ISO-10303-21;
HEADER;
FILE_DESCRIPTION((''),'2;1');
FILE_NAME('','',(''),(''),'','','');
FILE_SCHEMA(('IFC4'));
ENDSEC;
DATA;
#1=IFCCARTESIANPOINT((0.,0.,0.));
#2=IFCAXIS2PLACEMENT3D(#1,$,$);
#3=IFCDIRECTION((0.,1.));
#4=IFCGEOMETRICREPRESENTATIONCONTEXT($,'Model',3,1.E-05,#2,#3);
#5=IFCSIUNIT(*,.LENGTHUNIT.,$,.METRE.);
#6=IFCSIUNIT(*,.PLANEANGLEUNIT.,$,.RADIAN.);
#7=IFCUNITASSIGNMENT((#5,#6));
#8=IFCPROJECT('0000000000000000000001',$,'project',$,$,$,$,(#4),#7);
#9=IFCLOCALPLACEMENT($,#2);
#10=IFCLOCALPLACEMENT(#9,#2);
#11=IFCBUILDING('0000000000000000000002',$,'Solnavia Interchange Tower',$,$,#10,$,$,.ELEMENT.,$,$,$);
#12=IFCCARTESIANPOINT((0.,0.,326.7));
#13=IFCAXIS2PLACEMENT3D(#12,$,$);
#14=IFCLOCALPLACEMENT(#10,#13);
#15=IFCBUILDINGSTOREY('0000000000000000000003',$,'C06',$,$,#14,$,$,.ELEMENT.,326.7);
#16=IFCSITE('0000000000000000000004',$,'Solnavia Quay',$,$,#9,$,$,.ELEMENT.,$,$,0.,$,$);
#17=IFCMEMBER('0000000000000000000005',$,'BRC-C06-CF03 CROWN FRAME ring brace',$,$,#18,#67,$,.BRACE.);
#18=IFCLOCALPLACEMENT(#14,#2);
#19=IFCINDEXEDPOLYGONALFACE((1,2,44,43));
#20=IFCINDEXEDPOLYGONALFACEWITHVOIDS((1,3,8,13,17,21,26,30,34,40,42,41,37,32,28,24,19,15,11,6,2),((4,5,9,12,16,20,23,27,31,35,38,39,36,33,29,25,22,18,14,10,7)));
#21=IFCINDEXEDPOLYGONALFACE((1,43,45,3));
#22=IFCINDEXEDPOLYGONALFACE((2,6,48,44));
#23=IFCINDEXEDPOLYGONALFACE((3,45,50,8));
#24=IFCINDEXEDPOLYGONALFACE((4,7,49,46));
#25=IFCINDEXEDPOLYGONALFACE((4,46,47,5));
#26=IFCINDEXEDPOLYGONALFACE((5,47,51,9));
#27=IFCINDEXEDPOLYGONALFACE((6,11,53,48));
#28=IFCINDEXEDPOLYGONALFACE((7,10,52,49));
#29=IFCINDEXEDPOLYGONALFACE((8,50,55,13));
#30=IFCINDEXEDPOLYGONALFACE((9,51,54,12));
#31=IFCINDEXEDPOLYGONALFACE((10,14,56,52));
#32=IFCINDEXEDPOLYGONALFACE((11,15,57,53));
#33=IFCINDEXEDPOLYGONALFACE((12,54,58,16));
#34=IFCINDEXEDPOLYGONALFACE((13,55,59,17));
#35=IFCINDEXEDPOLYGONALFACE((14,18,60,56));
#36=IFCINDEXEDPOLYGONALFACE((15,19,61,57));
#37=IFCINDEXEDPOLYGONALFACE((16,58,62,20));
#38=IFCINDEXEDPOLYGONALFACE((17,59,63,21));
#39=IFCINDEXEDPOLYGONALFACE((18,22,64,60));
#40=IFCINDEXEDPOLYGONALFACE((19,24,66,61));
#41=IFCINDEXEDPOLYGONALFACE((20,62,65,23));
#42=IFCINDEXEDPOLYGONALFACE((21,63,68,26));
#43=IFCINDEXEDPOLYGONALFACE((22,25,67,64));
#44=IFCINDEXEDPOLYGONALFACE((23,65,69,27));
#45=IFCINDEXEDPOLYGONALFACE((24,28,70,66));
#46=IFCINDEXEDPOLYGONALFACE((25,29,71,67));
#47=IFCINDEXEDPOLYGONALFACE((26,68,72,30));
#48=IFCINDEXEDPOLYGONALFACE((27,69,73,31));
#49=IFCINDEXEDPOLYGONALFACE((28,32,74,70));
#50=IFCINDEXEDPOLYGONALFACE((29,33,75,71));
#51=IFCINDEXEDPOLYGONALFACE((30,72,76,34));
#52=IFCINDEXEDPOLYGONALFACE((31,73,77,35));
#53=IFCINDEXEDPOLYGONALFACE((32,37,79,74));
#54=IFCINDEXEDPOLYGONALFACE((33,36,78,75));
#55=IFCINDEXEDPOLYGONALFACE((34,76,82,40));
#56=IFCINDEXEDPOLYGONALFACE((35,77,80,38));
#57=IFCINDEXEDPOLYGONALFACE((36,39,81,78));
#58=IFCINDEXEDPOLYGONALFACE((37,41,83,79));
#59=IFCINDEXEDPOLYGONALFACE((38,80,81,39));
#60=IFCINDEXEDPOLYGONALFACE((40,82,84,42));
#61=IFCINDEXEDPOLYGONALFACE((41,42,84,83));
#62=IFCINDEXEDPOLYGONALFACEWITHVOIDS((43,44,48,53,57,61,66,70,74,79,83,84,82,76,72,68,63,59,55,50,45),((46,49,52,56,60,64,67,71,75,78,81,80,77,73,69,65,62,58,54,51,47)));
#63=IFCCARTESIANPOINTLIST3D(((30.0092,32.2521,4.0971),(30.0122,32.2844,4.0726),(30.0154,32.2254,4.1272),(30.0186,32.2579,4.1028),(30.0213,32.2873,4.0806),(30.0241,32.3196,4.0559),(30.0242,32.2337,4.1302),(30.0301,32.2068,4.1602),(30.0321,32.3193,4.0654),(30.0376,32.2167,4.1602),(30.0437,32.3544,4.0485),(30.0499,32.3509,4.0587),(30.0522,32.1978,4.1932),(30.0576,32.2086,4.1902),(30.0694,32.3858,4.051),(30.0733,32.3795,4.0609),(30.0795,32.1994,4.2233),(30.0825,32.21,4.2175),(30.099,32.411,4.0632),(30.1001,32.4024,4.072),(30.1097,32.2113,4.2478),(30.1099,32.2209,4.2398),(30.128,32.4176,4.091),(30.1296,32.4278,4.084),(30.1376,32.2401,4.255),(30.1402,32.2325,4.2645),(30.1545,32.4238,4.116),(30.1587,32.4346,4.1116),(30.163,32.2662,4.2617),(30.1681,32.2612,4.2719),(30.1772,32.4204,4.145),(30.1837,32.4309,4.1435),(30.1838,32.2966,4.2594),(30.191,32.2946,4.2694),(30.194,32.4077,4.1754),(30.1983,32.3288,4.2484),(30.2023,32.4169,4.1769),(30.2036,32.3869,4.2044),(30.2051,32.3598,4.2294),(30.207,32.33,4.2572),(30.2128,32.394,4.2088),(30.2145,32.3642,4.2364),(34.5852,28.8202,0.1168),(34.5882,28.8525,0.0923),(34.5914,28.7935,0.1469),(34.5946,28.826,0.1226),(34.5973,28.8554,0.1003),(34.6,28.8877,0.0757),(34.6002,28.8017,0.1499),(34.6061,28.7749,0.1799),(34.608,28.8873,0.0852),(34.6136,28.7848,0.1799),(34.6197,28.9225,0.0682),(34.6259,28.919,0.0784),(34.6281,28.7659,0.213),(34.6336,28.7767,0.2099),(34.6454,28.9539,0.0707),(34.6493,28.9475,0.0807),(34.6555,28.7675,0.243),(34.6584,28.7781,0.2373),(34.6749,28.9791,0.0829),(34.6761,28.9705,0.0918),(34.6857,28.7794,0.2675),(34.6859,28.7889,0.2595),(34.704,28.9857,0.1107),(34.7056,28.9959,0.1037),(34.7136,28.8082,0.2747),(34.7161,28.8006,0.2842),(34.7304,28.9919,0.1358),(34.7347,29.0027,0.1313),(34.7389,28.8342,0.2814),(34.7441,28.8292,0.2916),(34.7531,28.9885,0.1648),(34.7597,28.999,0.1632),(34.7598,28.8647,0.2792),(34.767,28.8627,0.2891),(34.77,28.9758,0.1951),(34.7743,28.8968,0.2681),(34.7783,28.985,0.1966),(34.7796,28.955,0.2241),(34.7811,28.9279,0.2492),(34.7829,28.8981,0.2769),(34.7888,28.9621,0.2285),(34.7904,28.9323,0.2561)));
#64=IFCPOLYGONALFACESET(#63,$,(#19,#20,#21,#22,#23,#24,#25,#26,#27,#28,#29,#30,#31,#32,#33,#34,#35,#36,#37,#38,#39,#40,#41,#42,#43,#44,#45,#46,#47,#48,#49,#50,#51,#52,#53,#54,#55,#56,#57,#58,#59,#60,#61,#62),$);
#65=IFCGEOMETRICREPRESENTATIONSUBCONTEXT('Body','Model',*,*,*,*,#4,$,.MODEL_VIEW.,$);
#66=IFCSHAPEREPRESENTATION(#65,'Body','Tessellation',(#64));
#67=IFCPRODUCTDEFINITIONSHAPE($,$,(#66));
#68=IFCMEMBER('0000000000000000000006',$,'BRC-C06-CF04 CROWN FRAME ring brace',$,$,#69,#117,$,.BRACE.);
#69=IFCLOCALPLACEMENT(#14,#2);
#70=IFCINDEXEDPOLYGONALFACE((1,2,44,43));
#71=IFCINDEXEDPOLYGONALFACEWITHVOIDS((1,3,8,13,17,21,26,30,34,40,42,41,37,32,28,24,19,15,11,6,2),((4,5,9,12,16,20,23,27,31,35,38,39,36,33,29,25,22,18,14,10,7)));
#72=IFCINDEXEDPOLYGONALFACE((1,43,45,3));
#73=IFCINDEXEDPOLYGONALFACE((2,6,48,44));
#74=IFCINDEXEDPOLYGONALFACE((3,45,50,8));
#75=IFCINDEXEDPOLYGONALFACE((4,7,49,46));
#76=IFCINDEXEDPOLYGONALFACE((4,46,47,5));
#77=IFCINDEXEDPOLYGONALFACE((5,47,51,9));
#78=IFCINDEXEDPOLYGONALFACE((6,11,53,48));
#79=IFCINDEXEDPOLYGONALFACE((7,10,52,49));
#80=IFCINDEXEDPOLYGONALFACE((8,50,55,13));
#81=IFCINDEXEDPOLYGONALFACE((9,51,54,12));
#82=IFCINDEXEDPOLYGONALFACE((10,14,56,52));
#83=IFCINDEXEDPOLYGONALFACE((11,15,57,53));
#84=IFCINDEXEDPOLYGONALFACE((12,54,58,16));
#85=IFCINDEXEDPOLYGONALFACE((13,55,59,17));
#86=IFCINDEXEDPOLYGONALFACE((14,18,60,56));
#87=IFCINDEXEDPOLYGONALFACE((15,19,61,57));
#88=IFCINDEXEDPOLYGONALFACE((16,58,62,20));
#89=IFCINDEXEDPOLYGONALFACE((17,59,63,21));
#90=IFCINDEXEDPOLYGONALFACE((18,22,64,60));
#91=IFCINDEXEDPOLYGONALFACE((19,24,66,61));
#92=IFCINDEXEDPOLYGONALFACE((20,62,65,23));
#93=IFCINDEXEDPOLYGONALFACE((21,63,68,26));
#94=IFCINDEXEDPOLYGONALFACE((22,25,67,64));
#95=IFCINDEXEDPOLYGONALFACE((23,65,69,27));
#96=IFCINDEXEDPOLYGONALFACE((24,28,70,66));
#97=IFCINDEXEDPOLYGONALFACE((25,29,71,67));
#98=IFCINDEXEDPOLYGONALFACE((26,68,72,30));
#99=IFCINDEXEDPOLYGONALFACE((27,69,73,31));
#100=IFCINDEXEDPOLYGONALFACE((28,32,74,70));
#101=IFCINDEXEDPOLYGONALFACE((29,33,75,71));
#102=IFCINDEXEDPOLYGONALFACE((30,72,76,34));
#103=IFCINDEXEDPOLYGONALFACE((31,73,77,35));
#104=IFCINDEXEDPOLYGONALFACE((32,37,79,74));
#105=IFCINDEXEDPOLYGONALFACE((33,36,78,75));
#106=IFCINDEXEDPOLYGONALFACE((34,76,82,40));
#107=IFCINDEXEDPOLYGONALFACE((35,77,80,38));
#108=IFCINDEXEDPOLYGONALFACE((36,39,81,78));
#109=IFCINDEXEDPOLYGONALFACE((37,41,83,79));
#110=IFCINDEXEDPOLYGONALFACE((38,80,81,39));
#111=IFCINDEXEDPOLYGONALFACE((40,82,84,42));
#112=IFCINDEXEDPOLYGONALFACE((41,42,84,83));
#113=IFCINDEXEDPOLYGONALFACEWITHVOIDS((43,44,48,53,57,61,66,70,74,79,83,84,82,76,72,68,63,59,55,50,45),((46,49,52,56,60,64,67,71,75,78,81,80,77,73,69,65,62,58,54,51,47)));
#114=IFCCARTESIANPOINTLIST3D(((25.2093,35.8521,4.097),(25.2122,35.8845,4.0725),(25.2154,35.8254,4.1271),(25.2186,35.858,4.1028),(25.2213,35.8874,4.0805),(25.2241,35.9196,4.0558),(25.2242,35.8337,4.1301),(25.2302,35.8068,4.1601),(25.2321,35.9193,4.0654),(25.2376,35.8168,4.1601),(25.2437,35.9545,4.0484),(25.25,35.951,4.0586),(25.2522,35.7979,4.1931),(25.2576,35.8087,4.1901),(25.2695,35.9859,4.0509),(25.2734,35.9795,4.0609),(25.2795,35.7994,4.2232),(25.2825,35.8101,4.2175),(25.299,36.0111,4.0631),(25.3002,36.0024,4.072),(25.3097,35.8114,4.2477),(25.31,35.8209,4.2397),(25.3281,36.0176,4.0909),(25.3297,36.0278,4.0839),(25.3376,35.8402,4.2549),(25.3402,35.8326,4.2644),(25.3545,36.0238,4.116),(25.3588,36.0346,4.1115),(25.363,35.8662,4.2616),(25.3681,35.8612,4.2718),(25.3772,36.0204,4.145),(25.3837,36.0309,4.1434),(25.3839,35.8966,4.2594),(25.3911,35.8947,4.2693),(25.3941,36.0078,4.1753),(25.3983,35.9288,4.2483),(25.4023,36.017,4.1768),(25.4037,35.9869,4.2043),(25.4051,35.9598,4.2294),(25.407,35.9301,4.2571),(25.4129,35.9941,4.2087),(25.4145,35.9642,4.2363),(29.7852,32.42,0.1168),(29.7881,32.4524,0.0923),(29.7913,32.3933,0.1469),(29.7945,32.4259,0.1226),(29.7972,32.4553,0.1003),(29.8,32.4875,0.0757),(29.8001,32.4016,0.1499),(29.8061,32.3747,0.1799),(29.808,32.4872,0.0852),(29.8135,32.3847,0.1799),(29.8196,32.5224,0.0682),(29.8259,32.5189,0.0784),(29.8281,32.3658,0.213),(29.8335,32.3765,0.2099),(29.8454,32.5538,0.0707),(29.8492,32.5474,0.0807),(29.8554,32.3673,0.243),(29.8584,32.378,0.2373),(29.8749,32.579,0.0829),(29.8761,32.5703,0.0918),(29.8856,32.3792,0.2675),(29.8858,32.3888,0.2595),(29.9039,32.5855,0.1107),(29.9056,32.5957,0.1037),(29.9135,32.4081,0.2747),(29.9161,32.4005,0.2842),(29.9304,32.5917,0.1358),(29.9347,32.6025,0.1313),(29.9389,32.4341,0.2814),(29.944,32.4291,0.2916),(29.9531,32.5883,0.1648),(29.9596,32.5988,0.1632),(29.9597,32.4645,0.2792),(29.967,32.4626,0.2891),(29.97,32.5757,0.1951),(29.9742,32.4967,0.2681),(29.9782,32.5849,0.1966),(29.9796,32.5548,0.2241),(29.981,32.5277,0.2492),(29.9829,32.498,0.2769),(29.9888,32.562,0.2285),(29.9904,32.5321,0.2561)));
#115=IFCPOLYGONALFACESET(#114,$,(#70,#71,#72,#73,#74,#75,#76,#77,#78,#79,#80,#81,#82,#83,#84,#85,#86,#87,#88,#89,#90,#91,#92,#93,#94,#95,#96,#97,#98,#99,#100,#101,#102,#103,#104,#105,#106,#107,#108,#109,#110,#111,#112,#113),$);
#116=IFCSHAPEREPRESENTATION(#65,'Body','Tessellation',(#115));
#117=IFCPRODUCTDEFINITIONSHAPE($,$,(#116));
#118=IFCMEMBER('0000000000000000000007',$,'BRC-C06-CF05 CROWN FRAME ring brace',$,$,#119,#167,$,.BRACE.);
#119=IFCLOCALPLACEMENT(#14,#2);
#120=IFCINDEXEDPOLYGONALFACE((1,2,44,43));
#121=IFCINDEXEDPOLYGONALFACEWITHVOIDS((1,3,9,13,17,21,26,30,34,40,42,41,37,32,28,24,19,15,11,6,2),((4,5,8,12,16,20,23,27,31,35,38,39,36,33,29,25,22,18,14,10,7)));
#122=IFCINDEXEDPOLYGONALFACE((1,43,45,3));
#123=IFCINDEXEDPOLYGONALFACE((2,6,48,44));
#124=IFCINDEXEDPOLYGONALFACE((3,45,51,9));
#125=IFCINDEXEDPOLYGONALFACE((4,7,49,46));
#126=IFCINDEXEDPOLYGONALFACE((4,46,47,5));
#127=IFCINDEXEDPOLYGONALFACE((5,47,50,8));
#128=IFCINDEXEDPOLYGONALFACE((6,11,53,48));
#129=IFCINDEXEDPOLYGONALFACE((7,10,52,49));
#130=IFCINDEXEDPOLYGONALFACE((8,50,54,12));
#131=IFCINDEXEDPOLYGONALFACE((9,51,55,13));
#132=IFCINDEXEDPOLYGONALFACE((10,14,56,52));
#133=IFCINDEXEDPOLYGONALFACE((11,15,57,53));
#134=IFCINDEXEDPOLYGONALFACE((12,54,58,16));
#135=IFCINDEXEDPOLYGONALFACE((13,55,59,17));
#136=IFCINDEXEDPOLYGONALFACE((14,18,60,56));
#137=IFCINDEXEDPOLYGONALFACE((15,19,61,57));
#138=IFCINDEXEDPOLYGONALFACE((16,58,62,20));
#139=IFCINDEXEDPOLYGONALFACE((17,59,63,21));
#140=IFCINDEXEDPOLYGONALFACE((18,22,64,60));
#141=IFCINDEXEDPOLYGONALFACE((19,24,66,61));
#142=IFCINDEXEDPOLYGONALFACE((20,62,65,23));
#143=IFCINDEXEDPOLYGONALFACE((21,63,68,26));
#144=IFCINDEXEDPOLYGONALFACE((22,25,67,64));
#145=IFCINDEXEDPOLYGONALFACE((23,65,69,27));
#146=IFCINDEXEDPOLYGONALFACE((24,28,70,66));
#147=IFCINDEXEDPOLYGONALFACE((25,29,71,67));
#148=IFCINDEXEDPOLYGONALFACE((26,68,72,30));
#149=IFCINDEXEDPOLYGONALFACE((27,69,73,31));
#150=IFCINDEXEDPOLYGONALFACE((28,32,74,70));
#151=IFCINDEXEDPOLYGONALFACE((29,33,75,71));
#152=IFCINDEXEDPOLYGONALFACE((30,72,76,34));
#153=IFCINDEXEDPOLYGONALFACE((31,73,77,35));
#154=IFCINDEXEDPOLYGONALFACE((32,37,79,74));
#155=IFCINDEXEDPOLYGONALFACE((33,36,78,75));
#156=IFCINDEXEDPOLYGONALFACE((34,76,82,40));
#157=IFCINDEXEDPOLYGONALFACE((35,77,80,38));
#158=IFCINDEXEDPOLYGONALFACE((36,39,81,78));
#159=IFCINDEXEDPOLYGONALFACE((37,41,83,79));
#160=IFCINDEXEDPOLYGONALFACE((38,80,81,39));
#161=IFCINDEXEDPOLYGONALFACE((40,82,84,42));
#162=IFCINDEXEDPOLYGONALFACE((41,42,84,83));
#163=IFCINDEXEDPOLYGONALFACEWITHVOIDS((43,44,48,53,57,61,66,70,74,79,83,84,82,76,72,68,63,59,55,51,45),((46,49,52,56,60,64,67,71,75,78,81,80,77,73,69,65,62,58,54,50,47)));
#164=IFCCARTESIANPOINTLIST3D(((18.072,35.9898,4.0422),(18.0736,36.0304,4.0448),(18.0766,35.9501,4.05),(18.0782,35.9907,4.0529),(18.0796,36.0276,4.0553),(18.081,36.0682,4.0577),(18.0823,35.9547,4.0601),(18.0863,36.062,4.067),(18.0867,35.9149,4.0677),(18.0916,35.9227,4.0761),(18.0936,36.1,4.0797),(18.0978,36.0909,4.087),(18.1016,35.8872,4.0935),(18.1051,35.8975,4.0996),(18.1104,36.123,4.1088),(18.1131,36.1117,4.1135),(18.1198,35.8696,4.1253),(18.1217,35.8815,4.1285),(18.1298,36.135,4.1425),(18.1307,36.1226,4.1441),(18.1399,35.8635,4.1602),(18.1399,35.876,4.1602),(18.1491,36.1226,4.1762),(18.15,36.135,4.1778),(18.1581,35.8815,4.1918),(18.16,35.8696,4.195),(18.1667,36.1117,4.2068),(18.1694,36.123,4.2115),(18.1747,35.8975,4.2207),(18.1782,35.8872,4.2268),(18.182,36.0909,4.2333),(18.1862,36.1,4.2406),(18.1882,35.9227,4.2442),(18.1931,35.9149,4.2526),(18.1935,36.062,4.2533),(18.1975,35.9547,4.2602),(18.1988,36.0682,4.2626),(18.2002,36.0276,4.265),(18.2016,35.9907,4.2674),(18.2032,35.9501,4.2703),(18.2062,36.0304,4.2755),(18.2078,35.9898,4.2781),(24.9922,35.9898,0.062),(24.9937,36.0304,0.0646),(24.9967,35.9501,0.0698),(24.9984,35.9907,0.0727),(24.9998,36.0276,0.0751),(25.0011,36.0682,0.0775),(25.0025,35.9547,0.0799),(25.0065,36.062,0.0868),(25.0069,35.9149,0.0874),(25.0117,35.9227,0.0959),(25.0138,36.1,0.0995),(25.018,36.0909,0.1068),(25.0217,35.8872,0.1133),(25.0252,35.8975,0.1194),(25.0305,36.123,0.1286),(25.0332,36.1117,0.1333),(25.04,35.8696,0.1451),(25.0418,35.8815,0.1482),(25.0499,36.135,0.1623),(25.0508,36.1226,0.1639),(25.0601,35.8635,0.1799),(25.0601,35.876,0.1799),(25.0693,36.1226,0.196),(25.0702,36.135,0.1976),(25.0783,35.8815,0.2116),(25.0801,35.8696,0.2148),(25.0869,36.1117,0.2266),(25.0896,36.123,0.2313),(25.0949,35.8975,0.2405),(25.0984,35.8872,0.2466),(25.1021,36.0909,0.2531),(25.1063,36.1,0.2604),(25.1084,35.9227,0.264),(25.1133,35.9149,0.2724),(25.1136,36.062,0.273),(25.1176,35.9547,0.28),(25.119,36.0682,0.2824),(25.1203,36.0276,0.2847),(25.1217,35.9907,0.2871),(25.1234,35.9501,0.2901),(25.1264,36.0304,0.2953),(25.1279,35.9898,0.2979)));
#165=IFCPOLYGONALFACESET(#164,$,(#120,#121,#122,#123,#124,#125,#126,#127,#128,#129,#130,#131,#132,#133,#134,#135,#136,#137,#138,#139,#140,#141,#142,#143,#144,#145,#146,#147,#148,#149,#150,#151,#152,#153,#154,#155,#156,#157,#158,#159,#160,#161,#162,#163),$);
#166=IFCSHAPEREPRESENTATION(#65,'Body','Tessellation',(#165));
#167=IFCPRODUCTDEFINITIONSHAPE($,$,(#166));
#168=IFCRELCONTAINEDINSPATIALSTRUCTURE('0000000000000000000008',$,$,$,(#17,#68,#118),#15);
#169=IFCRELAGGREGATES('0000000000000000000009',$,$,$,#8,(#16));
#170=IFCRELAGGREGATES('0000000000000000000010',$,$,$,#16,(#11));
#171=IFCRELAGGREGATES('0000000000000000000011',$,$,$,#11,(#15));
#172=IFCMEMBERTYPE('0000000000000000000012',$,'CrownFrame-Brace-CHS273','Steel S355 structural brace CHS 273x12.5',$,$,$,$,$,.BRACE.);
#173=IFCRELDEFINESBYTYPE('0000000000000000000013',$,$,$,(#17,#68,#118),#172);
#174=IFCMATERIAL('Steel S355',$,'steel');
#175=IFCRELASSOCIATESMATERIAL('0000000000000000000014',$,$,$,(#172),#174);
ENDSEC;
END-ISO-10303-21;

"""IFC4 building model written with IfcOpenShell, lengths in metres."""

from ifc_helpers import new_model, si_unit, direction, frame, origin, origin_2d, place, context, subcontext, project, spatial, hollow_circle, extrude, material, material_profile, profile_set, type_object, element, save


model = new_model("IFC4")

# Units and contexts
model_context = context("Model", 3, precision=1e-05, world=origin(), true_north=direction((0.0, 1.0)))
body_context = subcontext(model_context, "Body", "Model", "MODEL_VIEW")
ifc_project = project(units=[si_unit("LENGTHUNIT", "METRE"), si_unit("PLANEANGLEUNIT", "RADIAN")], contexts=[model_context])

# Site, building, storey
site_placement = place(None, origin())
site = spatial("IfcSite", under=ifc_project, at=site_placement, Name="Solnavia Quay", CompositionType="ELEMENT", RefElevation=0.0)
building_placement = place(site_placement, origin())
building = spatial("IfcBuilding", under=site, at=building_placement, Name="Solnavia Interchange Tower", CompositionType="ELEMENT")
storey_placement = place(building_placement, frame((0.0, 0.0, 326.7)))
storey = spatial("IfcBuildingStorey", under=building, at=storey_placement, Name="C06", CompositionType="ELEMENT", Elevation=326.7)

# Members
ifc_material_1 = material(Name="Steel S355", Category="steel")
ifc_material_profile_1 = material_profile(ifc_material_1, hollow_circle(Radius=0.1365, WallThickness=0.0125, at=origin_2d()), Name="CHS 273x12.5")
ifc_profile_set_1 = profile_set([ifc_material_profile_1], Name="Steel S355")
member_type = type_object("IfcMemberType", Name="CrownFrame-Brace-CHS273", Description="Steel S355 structural brace CHS 273x12.5", PredefinedType="BRACE", material=ifc_profile_set_1)
for number, where, z_axis, x_axis, name in (
    (1, (34.688, 28.884, 0.1799), (-0.656665, 0.49249, 0.571179), (-0.599993, -0.800005, 0.0), "BRC-C06-CF03 CROWN FRAME ring brace"),
    (2, (29.8879, 32.4839, 0.1799), (-0.656653, 0.492516, 0.571169), (-0.60002, -0.799985, 0.0), "BRC-C06-CF04 CROWN FRAME ring brace"),
):
    element("IfcMember", number, at=place(storey_placement, frame(where, z_axis=z_axis, x_axis=x_axis)), inside=storey, type_object=member_type, Name=name, PredefinedType="BRACE", context=body_context, shape_type="SweptSolid", body=[
        extrude(hollow_circle(Radius=0.1365, WallThickness=0.0125, at=origin_2d()), origin(), (0.0, 0.0, 1.0), 6.9685),
    ])
member_placement = place(storey_placement, frame((25.0601, 36.0, 0.1799), z_axis=(-0.866845, 0.0, 0.498577), x_axis=(0.0, -1.0, 0.0)))
element("IfcMember", 3, at=member_placement, inside=storey, type_object=member_type, Name="BRC-C06-CF05 CROWN FRAME ring brace", PredefinedType="BRACE", context=body_context, shape_type="SweptSolid", body=[
    extrude(hollow_circle(Radius=0.1365, WallThickness=0.0125, at=origin_2d()), origin(), (0.0, 0.0, 1.0), 7.9832),
])

save(model, "model.ifc")
